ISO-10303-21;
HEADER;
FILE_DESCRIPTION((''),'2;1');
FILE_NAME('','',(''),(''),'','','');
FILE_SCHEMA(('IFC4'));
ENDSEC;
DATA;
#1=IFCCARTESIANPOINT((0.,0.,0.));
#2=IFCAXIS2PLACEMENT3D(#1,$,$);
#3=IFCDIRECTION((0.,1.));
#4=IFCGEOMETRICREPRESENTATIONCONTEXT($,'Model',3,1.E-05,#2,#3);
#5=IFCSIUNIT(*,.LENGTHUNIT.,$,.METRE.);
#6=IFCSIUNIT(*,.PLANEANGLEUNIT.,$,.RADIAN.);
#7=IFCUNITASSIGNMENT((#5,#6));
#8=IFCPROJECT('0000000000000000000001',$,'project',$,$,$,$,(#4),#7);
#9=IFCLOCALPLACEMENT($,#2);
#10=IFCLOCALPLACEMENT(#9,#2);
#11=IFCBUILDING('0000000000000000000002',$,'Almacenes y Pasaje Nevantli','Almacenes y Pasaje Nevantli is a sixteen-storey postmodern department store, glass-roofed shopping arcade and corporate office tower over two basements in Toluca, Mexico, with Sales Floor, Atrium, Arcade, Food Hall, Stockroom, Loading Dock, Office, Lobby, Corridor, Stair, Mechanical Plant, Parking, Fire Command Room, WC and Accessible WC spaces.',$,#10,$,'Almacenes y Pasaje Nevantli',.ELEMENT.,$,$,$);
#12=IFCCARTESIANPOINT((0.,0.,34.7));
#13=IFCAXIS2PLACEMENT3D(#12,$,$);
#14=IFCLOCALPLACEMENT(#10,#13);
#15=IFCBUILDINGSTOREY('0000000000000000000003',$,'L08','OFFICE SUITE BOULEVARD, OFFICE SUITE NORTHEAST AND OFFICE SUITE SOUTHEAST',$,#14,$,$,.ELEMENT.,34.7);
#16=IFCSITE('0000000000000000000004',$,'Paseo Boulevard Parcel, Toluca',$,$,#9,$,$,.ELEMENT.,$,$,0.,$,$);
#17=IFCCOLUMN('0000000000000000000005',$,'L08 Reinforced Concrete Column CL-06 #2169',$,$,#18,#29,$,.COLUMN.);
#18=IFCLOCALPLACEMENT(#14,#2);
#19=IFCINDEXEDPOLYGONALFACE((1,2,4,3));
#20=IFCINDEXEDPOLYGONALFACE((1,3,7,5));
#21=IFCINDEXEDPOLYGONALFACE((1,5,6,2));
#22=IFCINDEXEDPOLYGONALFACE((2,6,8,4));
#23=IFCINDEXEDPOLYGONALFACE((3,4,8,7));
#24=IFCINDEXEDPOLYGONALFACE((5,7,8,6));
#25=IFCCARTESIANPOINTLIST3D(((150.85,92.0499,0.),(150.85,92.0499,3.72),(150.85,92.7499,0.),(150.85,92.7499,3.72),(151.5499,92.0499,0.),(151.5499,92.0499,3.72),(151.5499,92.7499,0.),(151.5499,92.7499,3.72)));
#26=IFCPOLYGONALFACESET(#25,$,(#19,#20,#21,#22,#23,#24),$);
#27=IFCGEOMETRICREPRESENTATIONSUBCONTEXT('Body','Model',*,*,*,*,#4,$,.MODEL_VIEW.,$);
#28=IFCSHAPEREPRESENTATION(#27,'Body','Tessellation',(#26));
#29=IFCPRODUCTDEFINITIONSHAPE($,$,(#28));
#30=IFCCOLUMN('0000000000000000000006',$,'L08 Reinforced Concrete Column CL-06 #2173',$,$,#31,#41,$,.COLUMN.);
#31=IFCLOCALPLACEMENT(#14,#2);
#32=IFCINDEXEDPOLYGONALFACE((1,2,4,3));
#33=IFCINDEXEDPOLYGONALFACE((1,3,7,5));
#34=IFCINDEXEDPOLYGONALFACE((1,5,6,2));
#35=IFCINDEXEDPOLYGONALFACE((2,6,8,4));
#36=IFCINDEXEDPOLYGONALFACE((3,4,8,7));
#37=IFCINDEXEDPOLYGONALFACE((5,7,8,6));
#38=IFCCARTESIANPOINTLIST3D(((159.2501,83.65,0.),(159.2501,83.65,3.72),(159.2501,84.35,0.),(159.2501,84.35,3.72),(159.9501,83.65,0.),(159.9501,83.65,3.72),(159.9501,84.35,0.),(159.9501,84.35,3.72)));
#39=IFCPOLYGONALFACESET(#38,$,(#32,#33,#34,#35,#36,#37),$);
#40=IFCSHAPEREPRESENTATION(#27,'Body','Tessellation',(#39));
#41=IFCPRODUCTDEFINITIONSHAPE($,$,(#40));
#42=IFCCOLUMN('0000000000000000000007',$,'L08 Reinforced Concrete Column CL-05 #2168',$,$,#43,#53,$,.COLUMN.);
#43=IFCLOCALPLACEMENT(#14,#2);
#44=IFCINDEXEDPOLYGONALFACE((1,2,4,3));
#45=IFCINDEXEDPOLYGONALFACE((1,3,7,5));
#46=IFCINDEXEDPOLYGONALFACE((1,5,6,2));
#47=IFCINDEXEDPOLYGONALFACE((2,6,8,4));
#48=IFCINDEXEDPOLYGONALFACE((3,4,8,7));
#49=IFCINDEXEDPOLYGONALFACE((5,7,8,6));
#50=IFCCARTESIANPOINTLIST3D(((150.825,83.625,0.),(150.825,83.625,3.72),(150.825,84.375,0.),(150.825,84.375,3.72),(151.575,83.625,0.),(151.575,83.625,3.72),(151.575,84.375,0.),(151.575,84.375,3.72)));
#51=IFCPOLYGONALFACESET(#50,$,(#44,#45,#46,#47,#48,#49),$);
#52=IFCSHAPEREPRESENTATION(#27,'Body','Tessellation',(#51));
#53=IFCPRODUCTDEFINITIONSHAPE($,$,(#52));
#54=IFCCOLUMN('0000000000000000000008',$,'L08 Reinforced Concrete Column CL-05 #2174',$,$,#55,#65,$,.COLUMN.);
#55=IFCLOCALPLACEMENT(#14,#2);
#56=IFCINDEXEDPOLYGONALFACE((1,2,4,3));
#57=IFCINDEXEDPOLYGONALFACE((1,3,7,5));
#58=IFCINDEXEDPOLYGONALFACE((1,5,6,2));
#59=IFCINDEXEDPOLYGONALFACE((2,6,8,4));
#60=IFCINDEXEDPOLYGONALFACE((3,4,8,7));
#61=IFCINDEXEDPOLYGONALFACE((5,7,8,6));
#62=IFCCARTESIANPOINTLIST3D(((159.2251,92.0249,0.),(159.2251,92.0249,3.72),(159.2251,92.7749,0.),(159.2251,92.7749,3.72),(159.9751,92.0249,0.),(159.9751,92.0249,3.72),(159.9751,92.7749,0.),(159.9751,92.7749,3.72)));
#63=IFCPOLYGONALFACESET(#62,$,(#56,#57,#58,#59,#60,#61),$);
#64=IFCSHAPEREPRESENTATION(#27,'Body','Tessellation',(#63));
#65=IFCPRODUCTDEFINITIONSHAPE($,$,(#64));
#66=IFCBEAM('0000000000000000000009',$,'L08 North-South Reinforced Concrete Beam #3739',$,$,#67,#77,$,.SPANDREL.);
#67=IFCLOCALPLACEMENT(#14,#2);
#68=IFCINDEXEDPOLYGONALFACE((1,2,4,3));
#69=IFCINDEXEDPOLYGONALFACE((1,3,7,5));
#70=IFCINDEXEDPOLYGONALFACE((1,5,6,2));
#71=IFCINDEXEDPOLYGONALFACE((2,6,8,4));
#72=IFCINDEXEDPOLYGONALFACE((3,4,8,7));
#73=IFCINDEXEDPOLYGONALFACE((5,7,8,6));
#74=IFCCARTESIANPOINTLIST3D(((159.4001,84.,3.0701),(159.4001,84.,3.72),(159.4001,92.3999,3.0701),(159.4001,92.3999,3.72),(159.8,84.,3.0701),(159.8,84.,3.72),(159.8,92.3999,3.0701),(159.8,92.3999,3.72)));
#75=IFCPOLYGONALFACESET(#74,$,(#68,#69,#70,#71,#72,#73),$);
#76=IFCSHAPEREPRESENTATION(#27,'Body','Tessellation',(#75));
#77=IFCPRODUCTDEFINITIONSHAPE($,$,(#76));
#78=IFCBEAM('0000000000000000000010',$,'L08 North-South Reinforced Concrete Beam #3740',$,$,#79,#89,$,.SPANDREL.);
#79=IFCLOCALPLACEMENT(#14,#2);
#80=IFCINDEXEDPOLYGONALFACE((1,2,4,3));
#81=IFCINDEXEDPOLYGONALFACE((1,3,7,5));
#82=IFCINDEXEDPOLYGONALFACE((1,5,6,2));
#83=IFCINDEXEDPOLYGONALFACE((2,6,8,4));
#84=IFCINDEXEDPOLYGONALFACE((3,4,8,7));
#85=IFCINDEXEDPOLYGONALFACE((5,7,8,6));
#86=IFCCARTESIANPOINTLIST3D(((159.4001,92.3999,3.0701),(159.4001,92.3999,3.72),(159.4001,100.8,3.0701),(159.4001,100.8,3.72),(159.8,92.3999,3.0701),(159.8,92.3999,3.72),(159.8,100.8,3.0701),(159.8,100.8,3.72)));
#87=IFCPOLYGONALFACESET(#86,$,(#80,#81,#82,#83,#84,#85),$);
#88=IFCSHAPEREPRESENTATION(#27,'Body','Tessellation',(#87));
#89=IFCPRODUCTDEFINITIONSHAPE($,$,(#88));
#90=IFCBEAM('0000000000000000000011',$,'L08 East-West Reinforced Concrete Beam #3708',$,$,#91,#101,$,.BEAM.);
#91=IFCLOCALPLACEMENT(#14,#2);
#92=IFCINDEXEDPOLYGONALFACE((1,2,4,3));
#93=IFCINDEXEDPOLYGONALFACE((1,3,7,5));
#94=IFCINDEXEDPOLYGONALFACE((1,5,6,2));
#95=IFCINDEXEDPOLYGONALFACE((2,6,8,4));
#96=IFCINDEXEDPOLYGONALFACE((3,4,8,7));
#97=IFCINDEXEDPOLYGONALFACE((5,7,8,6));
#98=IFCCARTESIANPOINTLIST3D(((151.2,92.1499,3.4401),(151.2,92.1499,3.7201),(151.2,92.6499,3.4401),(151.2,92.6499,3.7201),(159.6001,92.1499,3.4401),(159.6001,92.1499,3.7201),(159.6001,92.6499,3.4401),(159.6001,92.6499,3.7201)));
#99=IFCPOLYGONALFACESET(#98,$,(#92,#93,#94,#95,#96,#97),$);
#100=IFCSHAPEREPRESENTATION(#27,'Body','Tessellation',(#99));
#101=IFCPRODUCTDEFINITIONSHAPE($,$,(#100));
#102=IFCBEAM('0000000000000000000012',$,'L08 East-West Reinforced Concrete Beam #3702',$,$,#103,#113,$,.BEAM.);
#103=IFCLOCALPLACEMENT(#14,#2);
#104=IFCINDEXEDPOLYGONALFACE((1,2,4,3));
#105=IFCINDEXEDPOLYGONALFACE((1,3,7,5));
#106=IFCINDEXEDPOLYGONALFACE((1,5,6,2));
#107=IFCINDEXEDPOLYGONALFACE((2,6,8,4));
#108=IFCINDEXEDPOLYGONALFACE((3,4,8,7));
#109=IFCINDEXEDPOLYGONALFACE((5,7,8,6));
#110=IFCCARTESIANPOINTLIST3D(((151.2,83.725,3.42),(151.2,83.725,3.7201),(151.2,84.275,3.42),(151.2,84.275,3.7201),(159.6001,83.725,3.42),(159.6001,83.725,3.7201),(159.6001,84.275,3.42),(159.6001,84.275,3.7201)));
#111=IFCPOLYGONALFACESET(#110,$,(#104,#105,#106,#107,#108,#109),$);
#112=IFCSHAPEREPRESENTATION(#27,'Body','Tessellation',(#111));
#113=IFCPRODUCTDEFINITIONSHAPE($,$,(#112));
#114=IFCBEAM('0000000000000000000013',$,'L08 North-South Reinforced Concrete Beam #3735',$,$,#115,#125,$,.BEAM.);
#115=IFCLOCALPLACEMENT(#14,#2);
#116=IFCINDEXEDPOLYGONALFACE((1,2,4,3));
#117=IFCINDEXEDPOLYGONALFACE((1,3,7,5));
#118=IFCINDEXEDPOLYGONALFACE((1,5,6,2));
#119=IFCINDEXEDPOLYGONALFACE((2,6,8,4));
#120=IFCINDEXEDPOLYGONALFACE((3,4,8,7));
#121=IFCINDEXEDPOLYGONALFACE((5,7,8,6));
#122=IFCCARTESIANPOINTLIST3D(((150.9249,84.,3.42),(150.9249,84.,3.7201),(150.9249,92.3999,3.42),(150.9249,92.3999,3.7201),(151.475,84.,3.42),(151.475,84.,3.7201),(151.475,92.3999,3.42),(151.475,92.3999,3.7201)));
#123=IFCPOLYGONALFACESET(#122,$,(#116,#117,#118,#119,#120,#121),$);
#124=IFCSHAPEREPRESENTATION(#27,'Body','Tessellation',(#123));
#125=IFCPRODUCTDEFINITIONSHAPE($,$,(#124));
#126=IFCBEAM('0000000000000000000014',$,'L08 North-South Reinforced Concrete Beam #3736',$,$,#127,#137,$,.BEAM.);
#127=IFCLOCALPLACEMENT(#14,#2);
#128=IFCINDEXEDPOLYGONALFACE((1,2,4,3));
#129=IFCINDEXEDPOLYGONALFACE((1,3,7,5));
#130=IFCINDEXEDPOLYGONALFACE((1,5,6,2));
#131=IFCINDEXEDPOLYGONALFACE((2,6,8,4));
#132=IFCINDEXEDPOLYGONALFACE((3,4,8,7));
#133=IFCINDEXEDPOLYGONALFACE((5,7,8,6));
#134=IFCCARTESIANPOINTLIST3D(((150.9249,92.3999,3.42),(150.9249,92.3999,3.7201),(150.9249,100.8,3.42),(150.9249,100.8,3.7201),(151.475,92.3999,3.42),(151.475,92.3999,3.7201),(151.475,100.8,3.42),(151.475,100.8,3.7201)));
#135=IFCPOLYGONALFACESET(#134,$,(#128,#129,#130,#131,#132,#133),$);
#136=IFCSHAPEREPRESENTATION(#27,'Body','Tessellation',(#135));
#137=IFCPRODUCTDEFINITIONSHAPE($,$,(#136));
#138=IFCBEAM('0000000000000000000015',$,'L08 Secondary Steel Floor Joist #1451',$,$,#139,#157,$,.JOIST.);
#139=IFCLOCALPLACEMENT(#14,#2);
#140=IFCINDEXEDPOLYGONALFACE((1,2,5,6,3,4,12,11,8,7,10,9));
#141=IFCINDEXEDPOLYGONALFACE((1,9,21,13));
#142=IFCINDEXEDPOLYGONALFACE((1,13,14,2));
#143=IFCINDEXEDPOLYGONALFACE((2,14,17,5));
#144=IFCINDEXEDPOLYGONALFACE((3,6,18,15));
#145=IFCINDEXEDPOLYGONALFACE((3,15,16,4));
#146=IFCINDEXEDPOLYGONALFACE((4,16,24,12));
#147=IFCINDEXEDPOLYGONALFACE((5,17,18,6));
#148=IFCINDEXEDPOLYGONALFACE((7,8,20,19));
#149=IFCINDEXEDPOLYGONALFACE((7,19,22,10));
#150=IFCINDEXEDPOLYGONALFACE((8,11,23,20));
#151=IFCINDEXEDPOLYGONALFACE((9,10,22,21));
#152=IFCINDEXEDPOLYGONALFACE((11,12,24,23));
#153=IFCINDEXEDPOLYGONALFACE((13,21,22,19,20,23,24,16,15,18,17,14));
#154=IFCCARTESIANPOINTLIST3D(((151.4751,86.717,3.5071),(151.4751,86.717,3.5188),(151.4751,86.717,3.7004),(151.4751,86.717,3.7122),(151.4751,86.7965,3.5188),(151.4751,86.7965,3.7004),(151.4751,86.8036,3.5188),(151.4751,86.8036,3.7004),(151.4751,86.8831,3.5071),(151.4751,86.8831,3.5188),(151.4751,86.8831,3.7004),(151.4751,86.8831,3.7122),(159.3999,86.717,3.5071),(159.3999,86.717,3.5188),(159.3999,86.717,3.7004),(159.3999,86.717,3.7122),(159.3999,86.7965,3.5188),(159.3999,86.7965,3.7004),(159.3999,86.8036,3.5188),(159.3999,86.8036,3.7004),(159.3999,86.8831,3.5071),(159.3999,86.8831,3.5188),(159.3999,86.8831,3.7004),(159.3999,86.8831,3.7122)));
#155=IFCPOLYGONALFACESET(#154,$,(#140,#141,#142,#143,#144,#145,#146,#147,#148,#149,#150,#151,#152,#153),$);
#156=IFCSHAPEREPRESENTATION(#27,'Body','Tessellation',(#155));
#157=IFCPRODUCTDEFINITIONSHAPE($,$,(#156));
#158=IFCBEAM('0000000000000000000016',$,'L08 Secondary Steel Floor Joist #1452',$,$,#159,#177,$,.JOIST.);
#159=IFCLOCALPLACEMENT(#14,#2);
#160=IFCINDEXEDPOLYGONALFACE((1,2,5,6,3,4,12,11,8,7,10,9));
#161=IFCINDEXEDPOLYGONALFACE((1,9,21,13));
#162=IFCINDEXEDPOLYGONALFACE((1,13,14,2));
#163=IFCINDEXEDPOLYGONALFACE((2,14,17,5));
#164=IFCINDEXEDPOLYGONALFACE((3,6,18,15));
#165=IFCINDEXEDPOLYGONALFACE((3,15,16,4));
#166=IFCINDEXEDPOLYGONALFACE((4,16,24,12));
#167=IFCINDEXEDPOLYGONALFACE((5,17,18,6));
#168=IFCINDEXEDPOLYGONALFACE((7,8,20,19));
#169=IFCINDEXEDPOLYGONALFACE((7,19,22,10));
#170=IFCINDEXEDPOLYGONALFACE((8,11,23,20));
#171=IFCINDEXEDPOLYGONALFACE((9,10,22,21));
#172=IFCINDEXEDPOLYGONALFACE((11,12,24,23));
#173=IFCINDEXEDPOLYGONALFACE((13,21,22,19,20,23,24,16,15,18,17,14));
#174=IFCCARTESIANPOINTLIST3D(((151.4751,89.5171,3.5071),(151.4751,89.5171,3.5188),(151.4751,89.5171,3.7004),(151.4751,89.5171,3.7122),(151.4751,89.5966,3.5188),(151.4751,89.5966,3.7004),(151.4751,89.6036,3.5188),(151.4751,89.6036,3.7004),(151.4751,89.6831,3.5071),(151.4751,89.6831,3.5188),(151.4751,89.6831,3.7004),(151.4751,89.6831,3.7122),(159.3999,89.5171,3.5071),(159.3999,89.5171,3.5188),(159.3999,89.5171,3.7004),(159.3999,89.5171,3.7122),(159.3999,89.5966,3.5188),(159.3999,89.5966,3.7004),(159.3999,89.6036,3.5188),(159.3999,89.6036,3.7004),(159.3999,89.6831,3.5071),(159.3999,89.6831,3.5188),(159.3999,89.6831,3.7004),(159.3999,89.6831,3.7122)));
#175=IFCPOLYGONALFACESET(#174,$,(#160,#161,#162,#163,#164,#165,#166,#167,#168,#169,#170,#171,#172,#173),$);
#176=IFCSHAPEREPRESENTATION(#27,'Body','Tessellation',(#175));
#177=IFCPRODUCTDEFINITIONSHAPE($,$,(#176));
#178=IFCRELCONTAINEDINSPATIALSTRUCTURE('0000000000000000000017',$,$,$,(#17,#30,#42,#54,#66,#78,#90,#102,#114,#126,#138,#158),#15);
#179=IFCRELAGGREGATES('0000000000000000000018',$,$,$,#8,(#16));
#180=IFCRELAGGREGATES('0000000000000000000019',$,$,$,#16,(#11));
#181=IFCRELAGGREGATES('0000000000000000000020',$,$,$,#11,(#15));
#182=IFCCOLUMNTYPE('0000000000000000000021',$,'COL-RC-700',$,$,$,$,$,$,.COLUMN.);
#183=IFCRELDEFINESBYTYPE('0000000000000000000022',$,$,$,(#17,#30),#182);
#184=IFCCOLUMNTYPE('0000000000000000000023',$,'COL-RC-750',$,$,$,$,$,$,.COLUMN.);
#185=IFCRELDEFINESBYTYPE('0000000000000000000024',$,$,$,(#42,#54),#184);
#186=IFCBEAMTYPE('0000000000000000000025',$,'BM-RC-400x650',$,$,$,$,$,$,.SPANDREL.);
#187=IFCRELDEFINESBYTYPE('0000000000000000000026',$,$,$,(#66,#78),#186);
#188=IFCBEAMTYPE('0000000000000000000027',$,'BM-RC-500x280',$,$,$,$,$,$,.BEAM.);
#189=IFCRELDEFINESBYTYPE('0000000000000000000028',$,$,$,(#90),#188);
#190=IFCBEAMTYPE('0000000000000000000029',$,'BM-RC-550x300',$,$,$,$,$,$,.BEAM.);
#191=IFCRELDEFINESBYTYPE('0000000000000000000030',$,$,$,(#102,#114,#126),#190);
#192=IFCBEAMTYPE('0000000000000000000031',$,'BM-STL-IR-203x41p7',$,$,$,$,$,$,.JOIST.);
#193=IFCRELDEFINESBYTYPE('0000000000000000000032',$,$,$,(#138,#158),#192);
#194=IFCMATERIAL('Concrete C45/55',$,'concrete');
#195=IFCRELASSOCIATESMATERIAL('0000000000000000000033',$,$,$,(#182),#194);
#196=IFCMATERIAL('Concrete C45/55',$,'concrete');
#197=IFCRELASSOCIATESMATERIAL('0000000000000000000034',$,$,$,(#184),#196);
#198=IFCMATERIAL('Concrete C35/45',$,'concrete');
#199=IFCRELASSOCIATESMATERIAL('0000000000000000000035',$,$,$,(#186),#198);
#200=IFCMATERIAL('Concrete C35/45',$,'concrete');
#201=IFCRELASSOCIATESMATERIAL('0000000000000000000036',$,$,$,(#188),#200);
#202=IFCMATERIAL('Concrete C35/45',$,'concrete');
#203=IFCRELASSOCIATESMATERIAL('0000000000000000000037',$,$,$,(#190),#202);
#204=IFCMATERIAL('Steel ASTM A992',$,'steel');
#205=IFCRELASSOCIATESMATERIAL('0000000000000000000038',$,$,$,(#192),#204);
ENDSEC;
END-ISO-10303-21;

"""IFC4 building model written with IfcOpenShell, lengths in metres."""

from ifc_helpers import new_model, si_unit, direction, frame, origin, origin_2d, place, context, subcontext, project, spatial, rectangle, i_section, extrude, material, material_profile, profile_set, type_object, element, save


model = new_model("IFC4")

# Units and contexts
model_context = context("Model", 3, precision=1e-05, world=origin(), true_north=direction((0.0, 1.0)))
body_context = subcontext(model_context, "Body", "Model", "MODEL_VIEW")
ifc_project = project(units=[si_unit("LENGTHUNIT", "METRE"), si_unit("PLANEANGLEUNIT", "RADIAN")], contexts=[model_context])

# Site, building, storey
site_placement = place(None, origin())
site = spatial("IfcSite", under=ifc_project, at=site_placement, Name="Paseo Boulevard Parcel, Toluca", CompositionType="ELEMENT", RefElevation=0.0)
building_placement = place(site_placement, origin())
building = spatial("IfcBuilding", under=site, at=building_placement, Name="Almacenes y Pasaje Nevantli", Description="Almacenes y Pasaje Nevantli is a sixteen-storey postmodern department store, glass-roofed shopping arcade and corporate office tower over two basements in Toluca, Mexico, with Sales Floor, Atrium, Arcade, Food Hall, Stockroom, Loading Dock, Office, Lobby, Corridor, Stair, Mechanical Plant, Parking, Fire Command Room, WC and Accessible WC spaces.", LongName="Almacenes y Pasaje Nevantli", CompositionType="ELEMENT")
storey_placement = place(building_placement, frame((0.0, 0.0, 34.7)))
storey = spatial("IfcBuildingStorey", under=building, at=storey_placement, Name="L08", Description="OFFICE SUITE BOULEVARD, OFFICE SUITE NORTHEAST AND OFFICE SUITE SOUTHEAST", CompositionType="ELEMENT", Elevation=34.7)

# Columns
ifc_material_1 = material(Name="Concrete C45/55", Category="concrete")
ifc_material_profile_1 = material_profile(ifc_material_1, rectangle(XDim=0.7, YDim=0.7, at=origin_2d()), Name="RC-COL-700x700")
ifc_profile_set_1 = profile_set([ifc_material_profile_1], Name="Concrete C45/55")
column_type_1 = type_object("IfcColumnType", Name="COL-RC-700", PredefinedType="COLUMN", material=ifc_profile_set_1)
for number, where, z_axis, x_axis, name in (
    (1, (151.2, 92.3999, 0.0), (0.0, 0.0, 1.0), (1.0, 0.0, 0.0), "L08 Reinforced Concrete Column CL-06 #2169"),
    (2, (159.6001, 84.0, 0.0), (0.0, 0.0, 1.0), (1.0, 0.0, 0.0), "L08 Reinforced Concrete Column CL-06 #2173"),
):
    element("IfcColumn", number, at=place(storey_placement, frame(where, z_axis=z_axis, x_axis=x_axis)), inside=storey, type_object=column_type_1, Name=name, PredefinedType="COLUMN", context=body_context, shape_type="SweptSolid", body=[
        extrude(rectangle(XDim=0.7, YDim=0.7, at=origin_2d()), origin(), (0.0, 0.0, 1.0), 3.72),
    ])
ifc_material_2 = material(Name="Concrete C45/55", Category="concrete")
ifc_material_profile_2 = material_profile(ifc_material_2, rectangle(XDim=0.75, YDim=0.75, at=origin_2d()), Name="RC-COL-750x750")
ifc_profile_set_2 = profile_set([ifc_material_profile_2], Name="Concrete C45/55")
column_type_2 = type_object("IfcColumnType", Name="COL-RC-750", PredefinedType="COLUMN", material=ifc_profile_set_2)
for number, where, z_axis, x_axis, name in (
    (3, (151.2, 84.0, 0.0), (0.0, 0.0, 1.0), (1.0, 0.0, 0.0), "L08 Reinforced Concrete Column CL-05 #2168"),
    (4, (159.6001, 92.3999, 0.0), (0.0, 0.0, 1.0), (1.0, 0.0, 0.0), "L08 Reinforced Concrete Column CL-05 #2174"),
):
    element("IfcColumn", number, at=place(storey_placement, frame(where, z_axis=z_axis, x_axis=x_axis)), inside=storey, type_object=column_type_2, Name=name, PredefinedType="COLUMN", context=body_context, shape_type="SweptSolid", body=[
        extrude(rectangle(XDim=0.75, YDim=0.75, at=origin_2d()), origin(), (0.0, 0.0, 1.0), 3.72),
    ])

# Beams
ifc_material_3 = material(Name="Concrete C35/45", Category="concrete")
ifc_material_profile_3 = material_profile(ifc_material_3, rectangle(XDim=0.3999, YDim=0.6499, at=origin_2d()), Name="RC-BM-400x650")
ifc_profile_set_3 = profile_set([ifc_material_profile_3], Name="Concrete C35/45")
beam_type_1 = type_object("IfcBeamType", Name="BM-RC-400x650", PredefinedType="SPANDREL", material=ifc_profile_set_3)
beam_1_placement = place(storey_placement, frame((159.6001, 84.0, 3.395), z_axis=(0.0, 1.0, 0.0), x_axis=(-1.0, 0.0, 0.0)))
element("IfcBeam", 5, at=beam_1_placement, inside=storey, type_object=beam_type_1, Name="L08 North-South Reinforced Concrete Beam #3739", PredefinedType="SPANDREL", context=body_context, shape_type="SweptSolid", body=[
    extrude(rectangle(XDim=0.3999, YDim=0.6499, at=origin_2d()), origin(), (0.0, 0.0, 1.0), 8.3999),
])
beam_2_placement = place(storey_placement, frame((159.6001, 92.3999, 3.395), z_axis=(0.0, 1.0, 0.0), x_axis=(-1.0, 0.0, 0.0)))
element("IfcBeam", 6, at=beam_2_placement, inside=storey, type_object=beam_type_1, Name="L08 North-South Reinforced Concrete Beam #3740", PredefinedType="SPANDREL", context=body_context, shape_type="SweptSolid", body=[
    extrude(rectangle(XDim=0.3999, YDim=0.6499, at=origin_2d()), origin(), (0.0, 0.0, 1.0), 8.4001),
])
ifc_material_4 = material(Name="Concrete C35/45", Category="concrete")
ifc_material_profile_4 = material_profile(ifc_material_4, rectangle(XDim=0.5, YDim=0.28, at=origin_2d()), Name="RC-BM-500x280")
ifc_profile_set_4 = profile_set([ifc_material_profile_4], Name="Concrete C35/45")
beam_type_2 = type_object("IfcBeamType", Name="BM-RC-500x280", PredefinedType="BEAM", material=ifc_profile_set_4)
beam_3_placement = place(storey_placement, frame((151.2, 92.3999, 3.5801), z_axis=(1.0, 0.0, 0.0), x_axis=(0.0, 1.0, 0.0)))
element("IfcBeam", 7, at=beam_3_placement, inside=storey, type_object=beam_type_2, Name="L08 East-West Reinforced Concrete Beam #3708", PredefinedType="BEAM", context=body_context, shape_type="SweptSolid", body=[
    extrude(rectangle(XDim=0.5, YDim=0.28, at=origin_2d()), origin(), (0.0, 0.0, 1.0), 8.4001),
])
ifc_material_5 = material(Name="Concrete C35/45", Category="concrete")
ifc_material_profile_5 = material_profile(ifc_material_5, rectangle(XDim=0.55, YDim=0.3, at=origin_2d()), Name="RC-BM-550x300")
ifc_profile_set_5 = profile_set([ifc_material_profile_5], Name="Concrete C35/45")
beam_type_3 = type_object("IfcBeamType", Name="BM-RC-550x300", PredefinedType="BEAM", material=ifc_profile_set_5)
beam_4_placement = place(storey_placement, frame((151.2, 84.0, 3.5701), z_axis=(1.0, 0.0, 0.0), x_axis=(0.0, 1.0, 0.0)))
element("IfcBeam", 8, at=beam_4_placement, inside=storey, type_object=beam_type_3, Name="L08 East-West Reinforced Concrete Beam #3702", PredefinedType="BEAM", context=body_context, shape_type="SweptSolid", body=[
    extrude(rectangle(XDim=0.55, YDim=0.3, at=origin_2d()), origin(), (0.0, 0.0, 1.0), 8.4001),
])
beam_5_placement = place(storey_placement, frame((151.2, 84.0, 3.5701), z_axis=(0.0, 1.0, 0.0), x_axis=(-1.0, 0.0, 0.0)))
element("IfcBeam", 9, at=beam_5_placement, inside=storey, type_object=beam_type_3, Name="L08 North-South Reinforced Concrete Beam #3735", PredefinedType="BEAM", context=body_context, shape_type="SweptSolid", body=[
    extrude(rectangle(XDim=0.55, YDim=0.3, at=origin_2d()), origin(), (0.0, 0.0, 1.0), 8.3999),
])
beam_6_placement = place(storey_placement, frame((151.2, 92.3999, 3.5701), z_axis=(0.0, 1.0, 0.0), x_axis=(-1.0, 0.0, 0.0)))
element("IfcBeam", 10, at=beam_6_placement, inside=storey, type_object=beam_type_3, Name="L08 North-South Reinforced Concrete Beam #3736", PredefinedType="BEAM", context=body_context, shape_type="SweptSolid", body=[
    extrude(rectangle(XDim=0.55, YDim=0.3, at=origin_2d()), origin(), (0.0, 0.0, 1.0), 8.4001),
])
ifc_material_6 = material(Name="Steel ASTM A992", Category="steel")
ifc_material_profile_6 = material_profile(ifc_material_6, i_section(OverallWidth=0.166, OverallDepth=0.2051, WebThickness=0.0071, FlangeThickness=0.0117, at=origin_2d()), Name="IR 203x41.7")
ifc_profile_set_6 = profile_set([ifc_material_profile_6], Name="Steel ASTM A992")
beam_type_4 = type_object("IfcBeamType", Name="BM-STL-IR-203x41p7", PredefinedType="JOIST", material=ifc_profile_set_6)
for number, where, z_axis, x_axis, name in (
    (11, (151.4751, 86.8, 3.6096), (1.0, 0.0, 0.0), (0.0, 1.0, 0.0), "L08 Secondary Steel Floor Joist #1451"),
    (12, (151.4751, 89.6001, 3.6096), (1.0, 0.0, 0.0), (0.0, 1.0, 0.0), "L08 Secondary Steel Floor Joist #1452"),
):
    element("IfcBeam", number, at=place(storey_placement, frame(where, z_axis=z_axis, x_axis=x_axis)), inside=storey, type_object=beam_type_4, Name=name, PredefinedType="JOIST", context=body_context, shape_type="SweptSolid", body=[
        extrude(i_section(OverallWidth=0.166, OverallDepth=0.2051, WebThickness=0.0071, FlangeThickness=0.0117, at=origin_2d()), origin(), (0.0, 0.0, 1.0), 7.9248),
    ])

save(model, "model.ifc")
